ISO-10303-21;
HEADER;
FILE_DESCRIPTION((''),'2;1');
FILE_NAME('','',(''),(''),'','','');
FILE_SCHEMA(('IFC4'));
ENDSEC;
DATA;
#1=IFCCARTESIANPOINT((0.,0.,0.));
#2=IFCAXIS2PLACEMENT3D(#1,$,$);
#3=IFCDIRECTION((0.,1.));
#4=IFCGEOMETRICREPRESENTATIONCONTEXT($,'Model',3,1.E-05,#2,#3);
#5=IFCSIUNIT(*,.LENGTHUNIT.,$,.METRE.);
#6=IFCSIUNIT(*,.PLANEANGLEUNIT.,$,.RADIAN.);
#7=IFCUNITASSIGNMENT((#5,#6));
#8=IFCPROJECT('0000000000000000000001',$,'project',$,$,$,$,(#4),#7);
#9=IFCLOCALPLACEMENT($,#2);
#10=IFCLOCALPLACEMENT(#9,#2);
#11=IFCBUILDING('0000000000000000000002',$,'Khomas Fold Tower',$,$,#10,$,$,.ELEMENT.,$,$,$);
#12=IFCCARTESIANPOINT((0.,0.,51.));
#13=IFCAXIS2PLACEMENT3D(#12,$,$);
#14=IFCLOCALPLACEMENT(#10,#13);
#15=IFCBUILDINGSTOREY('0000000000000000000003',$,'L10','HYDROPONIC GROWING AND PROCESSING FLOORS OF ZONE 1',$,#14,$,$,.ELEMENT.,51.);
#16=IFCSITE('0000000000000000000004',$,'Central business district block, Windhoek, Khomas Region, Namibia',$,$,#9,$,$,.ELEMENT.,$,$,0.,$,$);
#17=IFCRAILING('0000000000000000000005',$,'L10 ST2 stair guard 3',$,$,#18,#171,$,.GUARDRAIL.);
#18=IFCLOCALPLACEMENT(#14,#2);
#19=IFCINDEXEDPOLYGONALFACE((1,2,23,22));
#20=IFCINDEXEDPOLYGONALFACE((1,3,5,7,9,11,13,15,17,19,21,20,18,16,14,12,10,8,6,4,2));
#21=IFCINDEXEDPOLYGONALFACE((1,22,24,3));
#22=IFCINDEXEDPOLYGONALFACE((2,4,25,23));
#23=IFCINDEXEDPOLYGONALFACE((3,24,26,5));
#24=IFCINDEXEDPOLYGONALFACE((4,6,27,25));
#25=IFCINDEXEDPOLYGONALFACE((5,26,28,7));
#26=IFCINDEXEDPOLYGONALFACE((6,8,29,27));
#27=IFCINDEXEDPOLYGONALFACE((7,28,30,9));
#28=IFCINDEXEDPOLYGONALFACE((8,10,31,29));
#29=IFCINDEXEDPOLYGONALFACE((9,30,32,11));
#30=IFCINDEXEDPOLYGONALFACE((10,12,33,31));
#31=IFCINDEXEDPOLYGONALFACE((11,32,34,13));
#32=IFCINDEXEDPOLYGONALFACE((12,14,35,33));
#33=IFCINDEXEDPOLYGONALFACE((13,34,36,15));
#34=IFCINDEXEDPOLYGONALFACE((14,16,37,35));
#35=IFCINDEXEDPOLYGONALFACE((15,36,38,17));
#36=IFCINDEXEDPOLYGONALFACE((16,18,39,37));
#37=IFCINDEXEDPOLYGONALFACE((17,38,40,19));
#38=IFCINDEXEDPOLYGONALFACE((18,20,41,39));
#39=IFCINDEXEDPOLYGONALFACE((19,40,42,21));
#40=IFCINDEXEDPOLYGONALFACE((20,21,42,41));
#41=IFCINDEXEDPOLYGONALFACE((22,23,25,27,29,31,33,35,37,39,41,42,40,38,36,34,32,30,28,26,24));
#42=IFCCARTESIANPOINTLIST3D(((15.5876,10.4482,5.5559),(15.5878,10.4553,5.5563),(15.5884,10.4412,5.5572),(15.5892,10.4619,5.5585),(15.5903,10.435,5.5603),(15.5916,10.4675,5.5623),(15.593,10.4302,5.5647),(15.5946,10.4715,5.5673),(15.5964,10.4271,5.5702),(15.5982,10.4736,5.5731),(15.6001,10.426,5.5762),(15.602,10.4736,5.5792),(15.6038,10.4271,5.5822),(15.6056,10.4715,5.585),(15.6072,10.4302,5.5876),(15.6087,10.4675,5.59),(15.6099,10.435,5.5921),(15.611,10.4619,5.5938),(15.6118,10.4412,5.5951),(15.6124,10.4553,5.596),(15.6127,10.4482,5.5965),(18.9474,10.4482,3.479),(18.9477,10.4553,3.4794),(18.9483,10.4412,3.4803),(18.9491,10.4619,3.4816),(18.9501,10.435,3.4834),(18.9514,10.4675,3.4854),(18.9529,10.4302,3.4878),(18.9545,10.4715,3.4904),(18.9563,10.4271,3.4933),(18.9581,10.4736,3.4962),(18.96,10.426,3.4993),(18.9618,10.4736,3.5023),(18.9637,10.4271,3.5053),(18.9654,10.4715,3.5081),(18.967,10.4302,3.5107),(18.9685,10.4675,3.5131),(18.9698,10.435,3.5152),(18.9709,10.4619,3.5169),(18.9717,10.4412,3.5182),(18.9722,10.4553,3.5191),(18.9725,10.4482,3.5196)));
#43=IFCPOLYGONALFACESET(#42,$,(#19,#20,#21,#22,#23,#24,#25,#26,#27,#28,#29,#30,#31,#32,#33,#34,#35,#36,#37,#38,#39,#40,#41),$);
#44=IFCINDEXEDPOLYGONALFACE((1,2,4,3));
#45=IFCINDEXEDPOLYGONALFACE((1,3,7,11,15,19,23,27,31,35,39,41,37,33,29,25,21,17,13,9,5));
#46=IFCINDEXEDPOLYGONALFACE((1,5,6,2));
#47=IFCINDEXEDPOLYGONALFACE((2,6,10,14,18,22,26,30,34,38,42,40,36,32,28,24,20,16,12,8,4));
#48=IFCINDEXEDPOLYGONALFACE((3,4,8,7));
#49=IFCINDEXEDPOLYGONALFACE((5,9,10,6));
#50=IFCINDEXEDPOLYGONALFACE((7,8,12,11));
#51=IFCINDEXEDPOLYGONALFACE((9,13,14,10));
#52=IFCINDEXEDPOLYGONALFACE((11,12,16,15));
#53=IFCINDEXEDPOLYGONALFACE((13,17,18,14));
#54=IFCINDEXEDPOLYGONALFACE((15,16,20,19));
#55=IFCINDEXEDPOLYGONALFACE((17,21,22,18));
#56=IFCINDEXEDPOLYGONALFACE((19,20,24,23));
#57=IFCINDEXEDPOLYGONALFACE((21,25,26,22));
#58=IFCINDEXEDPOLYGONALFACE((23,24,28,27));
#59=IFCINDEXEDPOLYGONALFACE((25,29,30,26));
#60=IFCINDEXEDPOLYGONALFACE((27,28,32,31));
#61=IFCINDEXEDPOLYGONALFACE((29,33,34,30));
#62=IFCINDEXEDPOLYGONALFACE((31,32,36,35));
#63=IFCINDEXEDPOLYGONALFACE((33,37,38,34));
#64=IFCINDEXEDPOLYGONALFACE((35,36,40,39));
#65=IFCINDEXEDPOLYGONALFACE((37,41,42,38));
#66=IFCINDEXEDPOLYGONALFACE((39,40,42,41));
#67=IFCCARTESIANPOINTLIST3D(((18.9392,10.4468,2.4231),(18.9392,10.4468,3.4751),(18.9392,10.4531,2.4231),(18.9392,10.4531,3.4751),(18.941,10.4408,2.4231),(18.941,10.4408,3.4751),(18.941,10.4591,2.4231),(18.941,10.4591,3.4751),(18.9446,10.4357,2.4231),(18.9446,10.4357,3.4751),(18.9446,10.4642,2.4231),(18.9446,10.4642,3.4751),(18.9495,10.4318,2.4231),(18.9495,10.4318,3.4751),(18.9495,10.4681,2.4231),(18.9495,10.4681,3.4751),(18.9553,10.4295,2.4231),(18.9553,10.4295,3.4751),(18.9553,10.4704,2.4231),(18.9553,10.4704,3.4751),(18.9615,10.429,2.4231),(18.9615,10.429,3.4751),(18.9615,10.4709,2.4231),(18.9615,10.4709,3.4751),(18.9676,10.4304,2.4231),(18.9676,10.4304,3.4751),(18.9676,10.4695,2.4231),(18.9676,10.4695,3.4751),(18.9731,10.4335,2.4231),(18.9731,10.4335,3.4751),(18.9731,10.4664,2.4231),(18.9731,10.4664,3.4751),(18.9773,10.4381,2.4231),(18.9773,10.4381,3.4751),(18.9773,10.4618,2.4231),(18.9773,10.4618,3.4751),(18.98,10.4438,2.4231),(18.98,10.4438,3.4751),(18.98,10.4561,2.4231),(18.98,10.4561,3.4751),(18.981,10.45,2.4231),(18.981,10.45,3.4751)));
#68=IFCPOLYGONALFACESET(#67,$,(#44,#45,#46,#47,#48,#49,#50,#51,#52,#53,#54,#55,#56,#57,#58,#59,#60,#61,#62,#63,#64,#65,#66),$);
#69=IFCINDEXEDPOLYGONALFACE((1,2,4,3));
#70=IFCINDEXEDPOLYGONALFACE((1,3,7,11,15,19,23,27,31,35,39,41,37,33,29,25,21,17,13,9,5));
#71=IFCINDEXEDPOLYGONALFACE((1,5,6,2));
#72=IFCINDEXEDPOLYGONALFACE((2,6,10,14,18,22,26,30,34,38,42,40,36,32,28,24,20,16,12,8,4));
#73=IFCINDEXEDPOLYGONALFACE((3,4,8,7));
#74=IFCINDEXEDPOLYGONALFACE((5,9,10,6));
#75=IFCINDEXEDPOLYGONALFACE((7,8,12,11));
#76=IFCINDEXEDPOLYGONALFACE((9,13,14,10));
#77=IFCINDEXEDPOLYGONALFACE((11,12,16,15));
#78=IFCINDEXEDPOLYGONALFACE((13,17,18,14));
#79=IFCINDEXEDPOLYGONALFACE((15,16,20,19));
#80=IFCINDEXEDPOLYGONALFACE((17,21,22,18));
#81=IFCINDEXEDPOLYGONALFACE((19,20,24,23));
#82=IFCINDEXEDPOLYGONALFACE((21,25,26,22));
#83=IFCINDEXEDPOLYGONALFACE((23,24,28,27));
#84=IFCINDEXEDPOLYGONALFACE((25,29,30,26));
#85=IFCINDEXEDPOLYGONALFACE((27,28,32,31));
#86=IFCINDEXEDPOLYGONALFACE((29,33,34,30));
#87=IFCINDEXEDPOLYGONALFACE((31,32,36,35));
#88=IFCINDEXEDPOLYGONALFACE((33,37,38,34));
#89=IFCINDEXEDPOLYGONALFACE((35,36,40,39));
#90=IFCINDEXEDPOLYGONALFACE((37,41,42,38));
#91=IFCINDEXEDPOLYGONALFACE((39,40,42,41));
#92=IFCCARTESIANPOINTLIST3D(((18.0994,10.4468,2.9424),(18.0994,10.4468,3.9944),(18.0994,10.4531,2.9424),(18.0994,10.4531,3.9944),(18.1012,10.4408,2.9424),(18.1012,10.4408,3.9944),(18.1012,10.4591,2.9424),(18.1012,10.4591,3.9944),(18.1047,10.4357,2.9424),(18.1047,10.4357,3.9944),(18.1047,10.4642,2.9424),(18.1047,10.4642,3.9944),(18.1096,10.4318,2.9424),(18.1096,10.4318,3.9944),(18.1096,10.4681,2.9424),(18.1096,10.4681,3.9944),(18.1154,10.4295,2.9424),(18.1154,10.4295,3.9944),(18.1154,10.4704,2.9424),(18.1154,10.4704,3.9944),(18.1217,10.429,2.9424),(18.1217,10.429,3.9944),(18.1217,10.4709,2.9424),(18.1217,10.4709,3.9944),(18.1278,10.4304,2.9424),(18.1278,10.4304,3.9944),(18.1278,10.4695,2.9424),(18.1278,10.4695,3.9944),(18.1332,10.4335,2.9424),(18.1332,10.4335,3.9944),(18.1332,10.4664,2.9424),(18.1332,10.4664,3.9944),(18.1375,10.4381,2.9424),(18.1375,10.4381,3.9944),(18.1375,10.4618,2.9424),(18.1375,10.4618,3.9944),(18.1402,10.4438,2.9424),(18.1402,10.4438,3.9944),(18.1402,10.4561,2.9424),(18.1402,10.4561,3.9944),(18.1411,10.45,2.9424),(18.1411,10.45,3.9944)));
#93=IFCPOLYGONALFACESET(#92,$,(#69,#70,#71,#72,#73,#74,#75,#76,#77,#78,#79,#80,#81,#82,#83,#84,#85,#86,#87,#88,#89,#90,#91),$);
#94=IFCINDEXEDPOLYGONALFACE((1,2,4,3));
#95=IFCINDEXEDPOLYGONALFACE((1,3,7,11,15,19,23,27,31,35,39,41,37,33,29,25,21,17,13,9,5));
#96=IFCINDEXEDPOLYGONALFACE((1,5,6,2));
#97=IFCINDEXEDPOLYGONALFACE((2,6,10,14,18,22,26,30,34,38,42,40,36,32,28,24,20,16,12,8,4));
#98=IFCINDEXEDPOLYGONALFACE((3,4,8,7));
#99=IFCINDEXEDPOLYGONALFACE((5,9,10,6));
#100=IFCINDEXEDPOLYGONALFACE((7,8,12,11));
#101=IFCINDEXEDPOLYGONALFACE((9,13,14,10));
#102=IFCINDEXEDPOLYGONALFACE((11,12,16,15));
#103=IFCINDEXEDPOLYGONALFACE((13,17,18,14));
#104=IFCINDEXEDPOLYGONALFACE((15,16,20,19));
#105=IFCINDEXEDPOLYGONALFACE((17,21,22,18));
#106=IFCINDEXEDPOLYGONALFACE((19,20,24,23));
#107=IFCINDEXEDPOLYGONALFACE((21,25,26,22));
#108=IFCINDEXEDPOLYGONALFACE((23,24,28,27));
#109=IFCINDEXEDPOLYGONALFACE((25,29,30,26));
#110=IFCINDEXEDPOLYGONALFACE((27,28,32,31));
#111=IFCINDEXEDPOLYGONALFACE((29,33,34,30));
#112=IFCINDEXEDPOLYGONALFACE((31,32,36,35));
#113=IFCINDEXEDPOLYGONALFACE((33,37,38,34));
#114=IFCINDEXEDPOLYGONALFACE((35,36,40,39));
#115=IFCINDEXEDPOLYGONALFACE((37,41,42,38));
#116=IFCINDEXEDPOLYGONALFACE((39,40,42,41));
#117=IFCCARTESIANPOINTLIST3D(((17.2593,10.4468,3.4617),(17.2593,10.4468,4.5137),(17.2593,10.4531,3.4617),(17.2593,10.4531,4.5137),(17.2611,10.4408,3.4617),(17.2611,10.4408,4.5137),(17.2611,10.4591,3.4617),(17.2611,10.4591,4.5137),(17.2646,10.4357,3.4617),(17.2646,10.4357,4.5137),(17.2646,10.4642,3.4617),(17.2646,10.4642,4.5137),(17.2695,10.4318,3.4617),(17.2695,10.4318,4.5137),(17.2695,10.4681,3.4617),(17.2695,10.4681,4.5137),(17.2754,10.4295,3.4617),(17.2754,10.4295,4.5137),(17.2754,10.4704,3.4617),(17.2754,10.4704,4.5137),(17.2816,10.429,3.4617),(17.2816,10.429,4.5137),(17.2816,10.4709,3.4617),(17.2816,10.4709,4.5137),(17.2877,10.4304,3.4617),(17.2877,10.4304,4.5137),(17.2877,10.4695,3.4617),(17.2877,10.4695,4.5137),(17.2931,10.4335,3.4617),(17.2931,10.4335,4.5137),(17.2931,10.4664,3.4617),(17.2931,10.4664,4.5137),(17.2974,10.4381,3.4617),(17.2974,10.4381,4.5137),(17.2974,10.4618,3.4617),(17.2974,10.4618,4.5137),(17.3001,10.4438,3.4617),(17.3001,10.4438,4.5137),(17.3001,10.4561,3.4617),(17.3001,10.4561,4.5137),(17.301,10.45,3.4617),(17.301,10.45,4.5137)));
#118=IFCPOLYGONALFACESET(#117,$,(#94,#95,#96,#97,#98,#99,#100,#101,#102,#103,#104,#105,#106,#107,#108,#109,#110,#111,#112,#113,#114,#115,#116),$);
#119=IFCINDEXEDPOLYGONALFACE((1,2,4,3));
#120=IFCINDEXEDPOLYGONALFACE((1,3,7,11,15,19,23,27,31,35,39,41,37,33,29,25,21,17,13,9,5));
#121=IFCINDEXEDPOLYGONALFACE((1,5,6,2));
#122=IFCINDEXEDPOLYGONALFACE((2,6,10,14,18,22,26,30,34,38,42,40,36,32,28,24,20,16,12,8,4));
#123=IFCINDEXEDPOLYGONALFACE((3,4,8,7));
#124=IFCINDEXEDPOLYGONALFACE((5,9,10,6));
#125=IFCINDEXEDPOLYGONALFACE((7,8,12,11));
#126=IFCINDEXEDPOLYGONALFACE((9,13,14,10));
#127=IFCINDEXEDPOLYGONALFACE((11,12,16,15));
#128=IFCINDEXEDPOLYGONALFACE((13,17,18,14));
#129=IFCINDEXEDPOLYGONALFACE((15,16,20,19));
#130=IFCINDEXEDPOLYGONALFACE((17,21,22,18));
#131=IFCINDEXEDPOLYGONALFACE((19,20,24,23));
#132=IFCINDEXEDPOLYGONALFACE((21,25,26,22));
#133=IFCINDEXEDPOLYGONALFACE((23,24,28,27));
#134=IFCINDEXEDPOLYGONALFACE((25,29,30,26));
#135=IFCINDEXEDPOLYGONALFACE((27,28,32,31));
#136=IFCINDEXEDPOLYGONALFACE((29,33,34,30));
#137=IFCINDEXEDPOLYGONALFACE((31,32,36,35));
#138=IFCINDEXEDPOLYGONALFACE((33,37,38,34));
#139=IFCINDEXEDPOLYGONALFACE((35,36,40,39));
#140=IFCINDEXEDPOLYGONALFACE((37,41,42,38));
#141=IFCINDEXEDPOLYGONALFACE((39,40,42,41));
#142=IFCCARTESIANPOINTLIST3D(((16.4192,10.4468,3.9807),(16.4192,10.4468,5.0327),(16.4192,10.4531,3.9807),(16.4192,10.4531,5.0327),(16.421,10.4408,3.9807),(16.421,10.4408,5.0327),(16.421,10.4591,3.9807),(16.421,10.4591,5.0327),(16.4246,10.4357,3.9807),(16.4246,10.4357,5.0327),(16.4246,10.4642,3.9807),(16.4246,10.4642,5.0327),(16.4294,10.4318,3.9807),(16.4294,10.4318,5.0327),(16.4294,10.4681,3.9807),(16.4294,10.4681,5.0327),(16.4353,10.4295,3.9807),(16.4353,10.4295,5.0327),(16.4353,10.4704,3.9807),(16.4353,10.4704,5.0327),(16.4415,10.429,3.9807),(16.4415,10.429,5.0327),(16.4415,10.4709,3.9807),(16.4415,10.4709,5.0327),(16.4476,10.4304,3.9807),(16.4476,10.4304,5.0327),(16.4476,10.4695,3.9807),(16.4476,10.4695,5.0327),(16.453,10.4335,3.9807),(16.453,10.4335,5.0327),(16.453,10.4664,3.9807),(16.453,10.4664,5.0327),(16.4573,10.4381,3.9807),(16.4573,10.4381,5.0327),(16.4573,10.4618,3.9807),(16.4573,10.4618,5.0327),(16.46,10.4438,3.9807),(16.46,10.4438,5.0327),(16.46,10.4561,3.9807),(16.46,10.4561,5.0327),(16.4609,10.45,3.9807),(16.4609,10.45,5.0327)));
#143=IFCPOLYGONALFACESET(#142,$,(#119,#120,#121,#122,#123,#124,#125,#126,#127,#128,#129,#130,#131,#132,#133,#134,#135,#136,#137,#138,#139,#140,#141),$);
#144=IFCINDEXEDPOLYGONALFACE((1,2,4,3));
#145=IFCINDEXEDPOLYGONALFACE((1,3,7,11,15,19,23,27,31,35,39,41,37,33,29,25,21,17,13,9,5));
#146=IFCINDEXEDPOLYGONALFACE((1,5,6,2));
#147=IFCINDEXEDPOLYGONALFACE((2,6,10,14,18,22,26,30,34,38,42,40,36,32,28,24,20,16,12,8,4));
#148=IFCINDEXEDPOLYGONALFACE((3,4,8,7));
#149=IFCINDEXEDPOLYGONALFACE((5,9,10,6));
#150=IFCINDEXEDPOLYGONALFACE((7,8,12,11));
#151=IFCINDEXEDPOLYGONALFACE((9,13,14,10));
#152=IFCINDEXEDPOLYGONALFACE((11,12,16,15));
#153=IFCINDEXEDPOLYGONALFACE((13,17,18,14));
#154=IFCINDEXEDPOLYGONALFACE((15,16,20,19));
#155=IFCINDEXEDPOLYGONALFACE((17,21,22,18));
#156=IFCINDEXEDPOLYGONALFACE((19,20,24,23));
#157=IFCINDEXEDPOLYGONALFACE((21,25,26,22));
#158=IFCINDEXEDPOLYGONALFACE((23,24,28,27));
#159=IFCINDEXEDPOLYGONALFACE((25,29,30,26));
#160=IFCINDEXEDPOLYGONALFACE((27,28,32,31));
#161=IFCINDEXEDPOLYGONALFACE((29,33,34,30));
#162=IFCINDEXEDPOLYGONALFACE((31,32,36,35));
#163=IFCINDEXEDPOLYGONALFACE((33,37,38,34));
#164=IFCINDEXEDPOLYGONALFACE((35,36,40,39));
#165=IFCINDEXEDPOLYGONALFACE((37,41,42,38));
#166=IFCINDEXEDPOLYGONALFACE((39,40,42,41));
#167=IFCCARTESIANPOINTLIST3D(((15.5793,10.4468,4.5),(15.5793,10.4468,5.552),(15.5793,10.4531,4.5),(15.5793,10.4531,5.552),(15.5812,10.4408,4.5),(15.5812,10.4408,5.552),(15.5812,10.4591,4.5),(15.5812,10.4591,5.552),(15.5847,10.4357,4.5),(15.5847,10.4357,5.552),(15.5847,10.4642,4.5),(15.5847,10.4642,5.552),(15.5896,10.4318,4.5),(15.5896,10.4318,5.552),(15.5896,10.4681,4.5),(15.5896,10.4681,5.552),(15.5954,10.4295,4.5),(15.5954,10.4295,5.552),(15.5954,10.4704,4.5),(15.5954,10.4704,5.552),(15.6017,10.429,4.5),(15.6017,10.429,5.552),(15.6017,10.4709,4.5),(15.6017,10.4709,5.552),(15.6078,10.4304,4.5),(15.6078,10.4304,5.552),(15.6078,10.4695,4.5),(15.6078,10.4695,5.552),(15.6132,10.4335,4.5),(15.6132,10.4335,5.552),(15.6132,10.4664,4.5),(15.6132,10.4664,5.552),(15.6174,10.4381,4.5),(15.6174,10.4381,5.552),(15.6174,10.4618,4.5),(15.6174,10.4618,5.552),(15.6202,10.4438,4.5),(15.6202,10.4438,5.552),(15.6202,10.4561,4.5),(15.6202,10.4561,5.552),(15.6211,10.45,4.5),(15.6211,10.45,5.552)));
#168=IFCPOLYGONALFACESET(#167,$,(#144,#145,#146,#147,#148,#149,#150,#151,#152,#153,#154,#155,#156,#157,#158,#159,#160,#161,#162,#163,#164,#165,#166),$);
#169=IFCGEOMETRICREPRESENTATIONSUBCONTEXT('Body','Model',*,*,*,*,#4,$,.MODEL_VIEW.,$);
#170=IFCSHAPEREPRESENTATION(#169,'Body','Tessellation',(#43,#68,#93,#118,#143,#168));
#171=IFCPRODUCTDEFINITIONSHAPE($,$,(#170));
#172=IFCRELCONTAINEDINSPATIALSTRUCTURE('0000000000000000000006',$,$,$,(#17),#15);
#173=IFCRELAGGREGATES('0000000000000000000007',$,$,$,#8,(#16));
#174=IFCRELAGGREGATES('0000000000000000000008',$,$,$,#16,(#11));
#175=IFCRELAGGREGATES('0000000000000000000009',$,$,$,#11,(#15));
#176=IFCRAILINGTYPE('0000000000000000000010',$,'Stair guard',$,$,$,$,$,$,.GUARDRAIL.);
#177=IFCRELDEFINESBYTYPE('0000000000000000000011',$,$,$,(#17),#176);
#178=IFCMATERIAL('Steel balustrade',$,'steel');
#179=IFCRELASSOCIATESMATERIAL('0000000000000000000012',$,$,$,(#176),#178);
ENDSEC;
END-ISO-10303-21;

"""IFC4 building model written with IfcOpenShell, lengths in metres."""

from ifc_helpers import new_model, si_unit, direction, frame, origin, origin_2d, place, context, subcontext, project, spatial, circle, extrude, source, transform, mapped, material, type_object, element, save


model = new_model("IFC4")

# Units and contexts
model_context = context("Model", 3, precision=1e-05, world=origin(), true_north=direction((0.0, 1.0)))
body_context = subcontext(model_context, "Body", "Model", "MODEL_VIEW")
ifc_project = project(units=[si_unit("LENGTHUNIT", "METRE"), si_unit("PLANEANGLEUNIT", "RADIAN")], contexts=[model_context])

# Site, building, storey
site_placement = place(None, origin())
site = spatial("IfcSite", under=ifc_project, at=site_placement, Name="Central business district block, Windhoek, Khomas Region, Namibia", CompositionType="ELEMENT", RefElevation=0.0)
building_placement = place(site_placement, origin())
building = spatial("IfcBuilding", under=site, at=building_placement, Name="Khomas Fold Tower", CompositionType="ELEMENT")
storey_placement = place(building_placement, frame((0.0, 0.0, 51.0)))
storey = spatial("IfcBuildingStorey", under=building, at=storey_placement, Name="L10", Description="HYDROPONIC GROWING AND PROCESSING FLOORS OF ZONE 1", CompositionType="ELEMENT", Elevation=51.0)

# Railing
ifc_material_1 = material(Name="Steel balustrade", Category="steel")
railing_type_1 = type_object("IfcRailingType", Name="Stair guard", PredefinedType="GUARDRAIL", material=ifc_material_1)
shared_shape_1 = source(origin(), body_context, "Body", "SweptSolid", [
    extrude(circle(Radius=0.0239, at=origin_2d()), frame((0.0, 0.0, 1.0762), z_axis=(-0.850606, 0.0, 0.525803), x_axis=(0.0, -1.0, 0.0)), (0.0, 0.0, 1.0), 3.95),
    extrude(circle(Radius=0.021, at=origin_2d()), origin(), (0.0, 0.0, 1.0), 1.052),
    extrude(circle(Radius=0.021, at=origin_2d()), frame((-0.8398, 0.0, 0.5193)), (0.0, 0.0, 1.0), 1.052),
    extrude(circle(Radius=0.021, at=origin_2d()), frame((-1.6799, 0.0, 1.0386)), (0.0, 0.0, 1.0), 1.052),
    extrude(circle(Radius=0.021, at=origin_2d()), frame((-2.52, 0.0, 1.5576)), (0.0, 0.0, 1.0), 1.052),
    extrude(circle(Radius=0.021, at=origin_2d()), frame((-3.3599, 0.0, 2.0769)), (0.0, 0.0, 1.0), 1.052),
])
railing_1_placement = place(storey_placement, frame((18.96, 10.45, 2.4231)))
element("IfcRailing", 1, at=railing_1_placement, inside=storey, type_object=railing_type_1, Name="L10 ST2 stair guard 3", PredefinedType="GUARDRAIL", context=body_context, shape_type="MappedRepresentation", body=[
    mapped(shared_shape_1, transform((0.0, 0.0, 0.0))),
])

save(model, "model.ifc")
